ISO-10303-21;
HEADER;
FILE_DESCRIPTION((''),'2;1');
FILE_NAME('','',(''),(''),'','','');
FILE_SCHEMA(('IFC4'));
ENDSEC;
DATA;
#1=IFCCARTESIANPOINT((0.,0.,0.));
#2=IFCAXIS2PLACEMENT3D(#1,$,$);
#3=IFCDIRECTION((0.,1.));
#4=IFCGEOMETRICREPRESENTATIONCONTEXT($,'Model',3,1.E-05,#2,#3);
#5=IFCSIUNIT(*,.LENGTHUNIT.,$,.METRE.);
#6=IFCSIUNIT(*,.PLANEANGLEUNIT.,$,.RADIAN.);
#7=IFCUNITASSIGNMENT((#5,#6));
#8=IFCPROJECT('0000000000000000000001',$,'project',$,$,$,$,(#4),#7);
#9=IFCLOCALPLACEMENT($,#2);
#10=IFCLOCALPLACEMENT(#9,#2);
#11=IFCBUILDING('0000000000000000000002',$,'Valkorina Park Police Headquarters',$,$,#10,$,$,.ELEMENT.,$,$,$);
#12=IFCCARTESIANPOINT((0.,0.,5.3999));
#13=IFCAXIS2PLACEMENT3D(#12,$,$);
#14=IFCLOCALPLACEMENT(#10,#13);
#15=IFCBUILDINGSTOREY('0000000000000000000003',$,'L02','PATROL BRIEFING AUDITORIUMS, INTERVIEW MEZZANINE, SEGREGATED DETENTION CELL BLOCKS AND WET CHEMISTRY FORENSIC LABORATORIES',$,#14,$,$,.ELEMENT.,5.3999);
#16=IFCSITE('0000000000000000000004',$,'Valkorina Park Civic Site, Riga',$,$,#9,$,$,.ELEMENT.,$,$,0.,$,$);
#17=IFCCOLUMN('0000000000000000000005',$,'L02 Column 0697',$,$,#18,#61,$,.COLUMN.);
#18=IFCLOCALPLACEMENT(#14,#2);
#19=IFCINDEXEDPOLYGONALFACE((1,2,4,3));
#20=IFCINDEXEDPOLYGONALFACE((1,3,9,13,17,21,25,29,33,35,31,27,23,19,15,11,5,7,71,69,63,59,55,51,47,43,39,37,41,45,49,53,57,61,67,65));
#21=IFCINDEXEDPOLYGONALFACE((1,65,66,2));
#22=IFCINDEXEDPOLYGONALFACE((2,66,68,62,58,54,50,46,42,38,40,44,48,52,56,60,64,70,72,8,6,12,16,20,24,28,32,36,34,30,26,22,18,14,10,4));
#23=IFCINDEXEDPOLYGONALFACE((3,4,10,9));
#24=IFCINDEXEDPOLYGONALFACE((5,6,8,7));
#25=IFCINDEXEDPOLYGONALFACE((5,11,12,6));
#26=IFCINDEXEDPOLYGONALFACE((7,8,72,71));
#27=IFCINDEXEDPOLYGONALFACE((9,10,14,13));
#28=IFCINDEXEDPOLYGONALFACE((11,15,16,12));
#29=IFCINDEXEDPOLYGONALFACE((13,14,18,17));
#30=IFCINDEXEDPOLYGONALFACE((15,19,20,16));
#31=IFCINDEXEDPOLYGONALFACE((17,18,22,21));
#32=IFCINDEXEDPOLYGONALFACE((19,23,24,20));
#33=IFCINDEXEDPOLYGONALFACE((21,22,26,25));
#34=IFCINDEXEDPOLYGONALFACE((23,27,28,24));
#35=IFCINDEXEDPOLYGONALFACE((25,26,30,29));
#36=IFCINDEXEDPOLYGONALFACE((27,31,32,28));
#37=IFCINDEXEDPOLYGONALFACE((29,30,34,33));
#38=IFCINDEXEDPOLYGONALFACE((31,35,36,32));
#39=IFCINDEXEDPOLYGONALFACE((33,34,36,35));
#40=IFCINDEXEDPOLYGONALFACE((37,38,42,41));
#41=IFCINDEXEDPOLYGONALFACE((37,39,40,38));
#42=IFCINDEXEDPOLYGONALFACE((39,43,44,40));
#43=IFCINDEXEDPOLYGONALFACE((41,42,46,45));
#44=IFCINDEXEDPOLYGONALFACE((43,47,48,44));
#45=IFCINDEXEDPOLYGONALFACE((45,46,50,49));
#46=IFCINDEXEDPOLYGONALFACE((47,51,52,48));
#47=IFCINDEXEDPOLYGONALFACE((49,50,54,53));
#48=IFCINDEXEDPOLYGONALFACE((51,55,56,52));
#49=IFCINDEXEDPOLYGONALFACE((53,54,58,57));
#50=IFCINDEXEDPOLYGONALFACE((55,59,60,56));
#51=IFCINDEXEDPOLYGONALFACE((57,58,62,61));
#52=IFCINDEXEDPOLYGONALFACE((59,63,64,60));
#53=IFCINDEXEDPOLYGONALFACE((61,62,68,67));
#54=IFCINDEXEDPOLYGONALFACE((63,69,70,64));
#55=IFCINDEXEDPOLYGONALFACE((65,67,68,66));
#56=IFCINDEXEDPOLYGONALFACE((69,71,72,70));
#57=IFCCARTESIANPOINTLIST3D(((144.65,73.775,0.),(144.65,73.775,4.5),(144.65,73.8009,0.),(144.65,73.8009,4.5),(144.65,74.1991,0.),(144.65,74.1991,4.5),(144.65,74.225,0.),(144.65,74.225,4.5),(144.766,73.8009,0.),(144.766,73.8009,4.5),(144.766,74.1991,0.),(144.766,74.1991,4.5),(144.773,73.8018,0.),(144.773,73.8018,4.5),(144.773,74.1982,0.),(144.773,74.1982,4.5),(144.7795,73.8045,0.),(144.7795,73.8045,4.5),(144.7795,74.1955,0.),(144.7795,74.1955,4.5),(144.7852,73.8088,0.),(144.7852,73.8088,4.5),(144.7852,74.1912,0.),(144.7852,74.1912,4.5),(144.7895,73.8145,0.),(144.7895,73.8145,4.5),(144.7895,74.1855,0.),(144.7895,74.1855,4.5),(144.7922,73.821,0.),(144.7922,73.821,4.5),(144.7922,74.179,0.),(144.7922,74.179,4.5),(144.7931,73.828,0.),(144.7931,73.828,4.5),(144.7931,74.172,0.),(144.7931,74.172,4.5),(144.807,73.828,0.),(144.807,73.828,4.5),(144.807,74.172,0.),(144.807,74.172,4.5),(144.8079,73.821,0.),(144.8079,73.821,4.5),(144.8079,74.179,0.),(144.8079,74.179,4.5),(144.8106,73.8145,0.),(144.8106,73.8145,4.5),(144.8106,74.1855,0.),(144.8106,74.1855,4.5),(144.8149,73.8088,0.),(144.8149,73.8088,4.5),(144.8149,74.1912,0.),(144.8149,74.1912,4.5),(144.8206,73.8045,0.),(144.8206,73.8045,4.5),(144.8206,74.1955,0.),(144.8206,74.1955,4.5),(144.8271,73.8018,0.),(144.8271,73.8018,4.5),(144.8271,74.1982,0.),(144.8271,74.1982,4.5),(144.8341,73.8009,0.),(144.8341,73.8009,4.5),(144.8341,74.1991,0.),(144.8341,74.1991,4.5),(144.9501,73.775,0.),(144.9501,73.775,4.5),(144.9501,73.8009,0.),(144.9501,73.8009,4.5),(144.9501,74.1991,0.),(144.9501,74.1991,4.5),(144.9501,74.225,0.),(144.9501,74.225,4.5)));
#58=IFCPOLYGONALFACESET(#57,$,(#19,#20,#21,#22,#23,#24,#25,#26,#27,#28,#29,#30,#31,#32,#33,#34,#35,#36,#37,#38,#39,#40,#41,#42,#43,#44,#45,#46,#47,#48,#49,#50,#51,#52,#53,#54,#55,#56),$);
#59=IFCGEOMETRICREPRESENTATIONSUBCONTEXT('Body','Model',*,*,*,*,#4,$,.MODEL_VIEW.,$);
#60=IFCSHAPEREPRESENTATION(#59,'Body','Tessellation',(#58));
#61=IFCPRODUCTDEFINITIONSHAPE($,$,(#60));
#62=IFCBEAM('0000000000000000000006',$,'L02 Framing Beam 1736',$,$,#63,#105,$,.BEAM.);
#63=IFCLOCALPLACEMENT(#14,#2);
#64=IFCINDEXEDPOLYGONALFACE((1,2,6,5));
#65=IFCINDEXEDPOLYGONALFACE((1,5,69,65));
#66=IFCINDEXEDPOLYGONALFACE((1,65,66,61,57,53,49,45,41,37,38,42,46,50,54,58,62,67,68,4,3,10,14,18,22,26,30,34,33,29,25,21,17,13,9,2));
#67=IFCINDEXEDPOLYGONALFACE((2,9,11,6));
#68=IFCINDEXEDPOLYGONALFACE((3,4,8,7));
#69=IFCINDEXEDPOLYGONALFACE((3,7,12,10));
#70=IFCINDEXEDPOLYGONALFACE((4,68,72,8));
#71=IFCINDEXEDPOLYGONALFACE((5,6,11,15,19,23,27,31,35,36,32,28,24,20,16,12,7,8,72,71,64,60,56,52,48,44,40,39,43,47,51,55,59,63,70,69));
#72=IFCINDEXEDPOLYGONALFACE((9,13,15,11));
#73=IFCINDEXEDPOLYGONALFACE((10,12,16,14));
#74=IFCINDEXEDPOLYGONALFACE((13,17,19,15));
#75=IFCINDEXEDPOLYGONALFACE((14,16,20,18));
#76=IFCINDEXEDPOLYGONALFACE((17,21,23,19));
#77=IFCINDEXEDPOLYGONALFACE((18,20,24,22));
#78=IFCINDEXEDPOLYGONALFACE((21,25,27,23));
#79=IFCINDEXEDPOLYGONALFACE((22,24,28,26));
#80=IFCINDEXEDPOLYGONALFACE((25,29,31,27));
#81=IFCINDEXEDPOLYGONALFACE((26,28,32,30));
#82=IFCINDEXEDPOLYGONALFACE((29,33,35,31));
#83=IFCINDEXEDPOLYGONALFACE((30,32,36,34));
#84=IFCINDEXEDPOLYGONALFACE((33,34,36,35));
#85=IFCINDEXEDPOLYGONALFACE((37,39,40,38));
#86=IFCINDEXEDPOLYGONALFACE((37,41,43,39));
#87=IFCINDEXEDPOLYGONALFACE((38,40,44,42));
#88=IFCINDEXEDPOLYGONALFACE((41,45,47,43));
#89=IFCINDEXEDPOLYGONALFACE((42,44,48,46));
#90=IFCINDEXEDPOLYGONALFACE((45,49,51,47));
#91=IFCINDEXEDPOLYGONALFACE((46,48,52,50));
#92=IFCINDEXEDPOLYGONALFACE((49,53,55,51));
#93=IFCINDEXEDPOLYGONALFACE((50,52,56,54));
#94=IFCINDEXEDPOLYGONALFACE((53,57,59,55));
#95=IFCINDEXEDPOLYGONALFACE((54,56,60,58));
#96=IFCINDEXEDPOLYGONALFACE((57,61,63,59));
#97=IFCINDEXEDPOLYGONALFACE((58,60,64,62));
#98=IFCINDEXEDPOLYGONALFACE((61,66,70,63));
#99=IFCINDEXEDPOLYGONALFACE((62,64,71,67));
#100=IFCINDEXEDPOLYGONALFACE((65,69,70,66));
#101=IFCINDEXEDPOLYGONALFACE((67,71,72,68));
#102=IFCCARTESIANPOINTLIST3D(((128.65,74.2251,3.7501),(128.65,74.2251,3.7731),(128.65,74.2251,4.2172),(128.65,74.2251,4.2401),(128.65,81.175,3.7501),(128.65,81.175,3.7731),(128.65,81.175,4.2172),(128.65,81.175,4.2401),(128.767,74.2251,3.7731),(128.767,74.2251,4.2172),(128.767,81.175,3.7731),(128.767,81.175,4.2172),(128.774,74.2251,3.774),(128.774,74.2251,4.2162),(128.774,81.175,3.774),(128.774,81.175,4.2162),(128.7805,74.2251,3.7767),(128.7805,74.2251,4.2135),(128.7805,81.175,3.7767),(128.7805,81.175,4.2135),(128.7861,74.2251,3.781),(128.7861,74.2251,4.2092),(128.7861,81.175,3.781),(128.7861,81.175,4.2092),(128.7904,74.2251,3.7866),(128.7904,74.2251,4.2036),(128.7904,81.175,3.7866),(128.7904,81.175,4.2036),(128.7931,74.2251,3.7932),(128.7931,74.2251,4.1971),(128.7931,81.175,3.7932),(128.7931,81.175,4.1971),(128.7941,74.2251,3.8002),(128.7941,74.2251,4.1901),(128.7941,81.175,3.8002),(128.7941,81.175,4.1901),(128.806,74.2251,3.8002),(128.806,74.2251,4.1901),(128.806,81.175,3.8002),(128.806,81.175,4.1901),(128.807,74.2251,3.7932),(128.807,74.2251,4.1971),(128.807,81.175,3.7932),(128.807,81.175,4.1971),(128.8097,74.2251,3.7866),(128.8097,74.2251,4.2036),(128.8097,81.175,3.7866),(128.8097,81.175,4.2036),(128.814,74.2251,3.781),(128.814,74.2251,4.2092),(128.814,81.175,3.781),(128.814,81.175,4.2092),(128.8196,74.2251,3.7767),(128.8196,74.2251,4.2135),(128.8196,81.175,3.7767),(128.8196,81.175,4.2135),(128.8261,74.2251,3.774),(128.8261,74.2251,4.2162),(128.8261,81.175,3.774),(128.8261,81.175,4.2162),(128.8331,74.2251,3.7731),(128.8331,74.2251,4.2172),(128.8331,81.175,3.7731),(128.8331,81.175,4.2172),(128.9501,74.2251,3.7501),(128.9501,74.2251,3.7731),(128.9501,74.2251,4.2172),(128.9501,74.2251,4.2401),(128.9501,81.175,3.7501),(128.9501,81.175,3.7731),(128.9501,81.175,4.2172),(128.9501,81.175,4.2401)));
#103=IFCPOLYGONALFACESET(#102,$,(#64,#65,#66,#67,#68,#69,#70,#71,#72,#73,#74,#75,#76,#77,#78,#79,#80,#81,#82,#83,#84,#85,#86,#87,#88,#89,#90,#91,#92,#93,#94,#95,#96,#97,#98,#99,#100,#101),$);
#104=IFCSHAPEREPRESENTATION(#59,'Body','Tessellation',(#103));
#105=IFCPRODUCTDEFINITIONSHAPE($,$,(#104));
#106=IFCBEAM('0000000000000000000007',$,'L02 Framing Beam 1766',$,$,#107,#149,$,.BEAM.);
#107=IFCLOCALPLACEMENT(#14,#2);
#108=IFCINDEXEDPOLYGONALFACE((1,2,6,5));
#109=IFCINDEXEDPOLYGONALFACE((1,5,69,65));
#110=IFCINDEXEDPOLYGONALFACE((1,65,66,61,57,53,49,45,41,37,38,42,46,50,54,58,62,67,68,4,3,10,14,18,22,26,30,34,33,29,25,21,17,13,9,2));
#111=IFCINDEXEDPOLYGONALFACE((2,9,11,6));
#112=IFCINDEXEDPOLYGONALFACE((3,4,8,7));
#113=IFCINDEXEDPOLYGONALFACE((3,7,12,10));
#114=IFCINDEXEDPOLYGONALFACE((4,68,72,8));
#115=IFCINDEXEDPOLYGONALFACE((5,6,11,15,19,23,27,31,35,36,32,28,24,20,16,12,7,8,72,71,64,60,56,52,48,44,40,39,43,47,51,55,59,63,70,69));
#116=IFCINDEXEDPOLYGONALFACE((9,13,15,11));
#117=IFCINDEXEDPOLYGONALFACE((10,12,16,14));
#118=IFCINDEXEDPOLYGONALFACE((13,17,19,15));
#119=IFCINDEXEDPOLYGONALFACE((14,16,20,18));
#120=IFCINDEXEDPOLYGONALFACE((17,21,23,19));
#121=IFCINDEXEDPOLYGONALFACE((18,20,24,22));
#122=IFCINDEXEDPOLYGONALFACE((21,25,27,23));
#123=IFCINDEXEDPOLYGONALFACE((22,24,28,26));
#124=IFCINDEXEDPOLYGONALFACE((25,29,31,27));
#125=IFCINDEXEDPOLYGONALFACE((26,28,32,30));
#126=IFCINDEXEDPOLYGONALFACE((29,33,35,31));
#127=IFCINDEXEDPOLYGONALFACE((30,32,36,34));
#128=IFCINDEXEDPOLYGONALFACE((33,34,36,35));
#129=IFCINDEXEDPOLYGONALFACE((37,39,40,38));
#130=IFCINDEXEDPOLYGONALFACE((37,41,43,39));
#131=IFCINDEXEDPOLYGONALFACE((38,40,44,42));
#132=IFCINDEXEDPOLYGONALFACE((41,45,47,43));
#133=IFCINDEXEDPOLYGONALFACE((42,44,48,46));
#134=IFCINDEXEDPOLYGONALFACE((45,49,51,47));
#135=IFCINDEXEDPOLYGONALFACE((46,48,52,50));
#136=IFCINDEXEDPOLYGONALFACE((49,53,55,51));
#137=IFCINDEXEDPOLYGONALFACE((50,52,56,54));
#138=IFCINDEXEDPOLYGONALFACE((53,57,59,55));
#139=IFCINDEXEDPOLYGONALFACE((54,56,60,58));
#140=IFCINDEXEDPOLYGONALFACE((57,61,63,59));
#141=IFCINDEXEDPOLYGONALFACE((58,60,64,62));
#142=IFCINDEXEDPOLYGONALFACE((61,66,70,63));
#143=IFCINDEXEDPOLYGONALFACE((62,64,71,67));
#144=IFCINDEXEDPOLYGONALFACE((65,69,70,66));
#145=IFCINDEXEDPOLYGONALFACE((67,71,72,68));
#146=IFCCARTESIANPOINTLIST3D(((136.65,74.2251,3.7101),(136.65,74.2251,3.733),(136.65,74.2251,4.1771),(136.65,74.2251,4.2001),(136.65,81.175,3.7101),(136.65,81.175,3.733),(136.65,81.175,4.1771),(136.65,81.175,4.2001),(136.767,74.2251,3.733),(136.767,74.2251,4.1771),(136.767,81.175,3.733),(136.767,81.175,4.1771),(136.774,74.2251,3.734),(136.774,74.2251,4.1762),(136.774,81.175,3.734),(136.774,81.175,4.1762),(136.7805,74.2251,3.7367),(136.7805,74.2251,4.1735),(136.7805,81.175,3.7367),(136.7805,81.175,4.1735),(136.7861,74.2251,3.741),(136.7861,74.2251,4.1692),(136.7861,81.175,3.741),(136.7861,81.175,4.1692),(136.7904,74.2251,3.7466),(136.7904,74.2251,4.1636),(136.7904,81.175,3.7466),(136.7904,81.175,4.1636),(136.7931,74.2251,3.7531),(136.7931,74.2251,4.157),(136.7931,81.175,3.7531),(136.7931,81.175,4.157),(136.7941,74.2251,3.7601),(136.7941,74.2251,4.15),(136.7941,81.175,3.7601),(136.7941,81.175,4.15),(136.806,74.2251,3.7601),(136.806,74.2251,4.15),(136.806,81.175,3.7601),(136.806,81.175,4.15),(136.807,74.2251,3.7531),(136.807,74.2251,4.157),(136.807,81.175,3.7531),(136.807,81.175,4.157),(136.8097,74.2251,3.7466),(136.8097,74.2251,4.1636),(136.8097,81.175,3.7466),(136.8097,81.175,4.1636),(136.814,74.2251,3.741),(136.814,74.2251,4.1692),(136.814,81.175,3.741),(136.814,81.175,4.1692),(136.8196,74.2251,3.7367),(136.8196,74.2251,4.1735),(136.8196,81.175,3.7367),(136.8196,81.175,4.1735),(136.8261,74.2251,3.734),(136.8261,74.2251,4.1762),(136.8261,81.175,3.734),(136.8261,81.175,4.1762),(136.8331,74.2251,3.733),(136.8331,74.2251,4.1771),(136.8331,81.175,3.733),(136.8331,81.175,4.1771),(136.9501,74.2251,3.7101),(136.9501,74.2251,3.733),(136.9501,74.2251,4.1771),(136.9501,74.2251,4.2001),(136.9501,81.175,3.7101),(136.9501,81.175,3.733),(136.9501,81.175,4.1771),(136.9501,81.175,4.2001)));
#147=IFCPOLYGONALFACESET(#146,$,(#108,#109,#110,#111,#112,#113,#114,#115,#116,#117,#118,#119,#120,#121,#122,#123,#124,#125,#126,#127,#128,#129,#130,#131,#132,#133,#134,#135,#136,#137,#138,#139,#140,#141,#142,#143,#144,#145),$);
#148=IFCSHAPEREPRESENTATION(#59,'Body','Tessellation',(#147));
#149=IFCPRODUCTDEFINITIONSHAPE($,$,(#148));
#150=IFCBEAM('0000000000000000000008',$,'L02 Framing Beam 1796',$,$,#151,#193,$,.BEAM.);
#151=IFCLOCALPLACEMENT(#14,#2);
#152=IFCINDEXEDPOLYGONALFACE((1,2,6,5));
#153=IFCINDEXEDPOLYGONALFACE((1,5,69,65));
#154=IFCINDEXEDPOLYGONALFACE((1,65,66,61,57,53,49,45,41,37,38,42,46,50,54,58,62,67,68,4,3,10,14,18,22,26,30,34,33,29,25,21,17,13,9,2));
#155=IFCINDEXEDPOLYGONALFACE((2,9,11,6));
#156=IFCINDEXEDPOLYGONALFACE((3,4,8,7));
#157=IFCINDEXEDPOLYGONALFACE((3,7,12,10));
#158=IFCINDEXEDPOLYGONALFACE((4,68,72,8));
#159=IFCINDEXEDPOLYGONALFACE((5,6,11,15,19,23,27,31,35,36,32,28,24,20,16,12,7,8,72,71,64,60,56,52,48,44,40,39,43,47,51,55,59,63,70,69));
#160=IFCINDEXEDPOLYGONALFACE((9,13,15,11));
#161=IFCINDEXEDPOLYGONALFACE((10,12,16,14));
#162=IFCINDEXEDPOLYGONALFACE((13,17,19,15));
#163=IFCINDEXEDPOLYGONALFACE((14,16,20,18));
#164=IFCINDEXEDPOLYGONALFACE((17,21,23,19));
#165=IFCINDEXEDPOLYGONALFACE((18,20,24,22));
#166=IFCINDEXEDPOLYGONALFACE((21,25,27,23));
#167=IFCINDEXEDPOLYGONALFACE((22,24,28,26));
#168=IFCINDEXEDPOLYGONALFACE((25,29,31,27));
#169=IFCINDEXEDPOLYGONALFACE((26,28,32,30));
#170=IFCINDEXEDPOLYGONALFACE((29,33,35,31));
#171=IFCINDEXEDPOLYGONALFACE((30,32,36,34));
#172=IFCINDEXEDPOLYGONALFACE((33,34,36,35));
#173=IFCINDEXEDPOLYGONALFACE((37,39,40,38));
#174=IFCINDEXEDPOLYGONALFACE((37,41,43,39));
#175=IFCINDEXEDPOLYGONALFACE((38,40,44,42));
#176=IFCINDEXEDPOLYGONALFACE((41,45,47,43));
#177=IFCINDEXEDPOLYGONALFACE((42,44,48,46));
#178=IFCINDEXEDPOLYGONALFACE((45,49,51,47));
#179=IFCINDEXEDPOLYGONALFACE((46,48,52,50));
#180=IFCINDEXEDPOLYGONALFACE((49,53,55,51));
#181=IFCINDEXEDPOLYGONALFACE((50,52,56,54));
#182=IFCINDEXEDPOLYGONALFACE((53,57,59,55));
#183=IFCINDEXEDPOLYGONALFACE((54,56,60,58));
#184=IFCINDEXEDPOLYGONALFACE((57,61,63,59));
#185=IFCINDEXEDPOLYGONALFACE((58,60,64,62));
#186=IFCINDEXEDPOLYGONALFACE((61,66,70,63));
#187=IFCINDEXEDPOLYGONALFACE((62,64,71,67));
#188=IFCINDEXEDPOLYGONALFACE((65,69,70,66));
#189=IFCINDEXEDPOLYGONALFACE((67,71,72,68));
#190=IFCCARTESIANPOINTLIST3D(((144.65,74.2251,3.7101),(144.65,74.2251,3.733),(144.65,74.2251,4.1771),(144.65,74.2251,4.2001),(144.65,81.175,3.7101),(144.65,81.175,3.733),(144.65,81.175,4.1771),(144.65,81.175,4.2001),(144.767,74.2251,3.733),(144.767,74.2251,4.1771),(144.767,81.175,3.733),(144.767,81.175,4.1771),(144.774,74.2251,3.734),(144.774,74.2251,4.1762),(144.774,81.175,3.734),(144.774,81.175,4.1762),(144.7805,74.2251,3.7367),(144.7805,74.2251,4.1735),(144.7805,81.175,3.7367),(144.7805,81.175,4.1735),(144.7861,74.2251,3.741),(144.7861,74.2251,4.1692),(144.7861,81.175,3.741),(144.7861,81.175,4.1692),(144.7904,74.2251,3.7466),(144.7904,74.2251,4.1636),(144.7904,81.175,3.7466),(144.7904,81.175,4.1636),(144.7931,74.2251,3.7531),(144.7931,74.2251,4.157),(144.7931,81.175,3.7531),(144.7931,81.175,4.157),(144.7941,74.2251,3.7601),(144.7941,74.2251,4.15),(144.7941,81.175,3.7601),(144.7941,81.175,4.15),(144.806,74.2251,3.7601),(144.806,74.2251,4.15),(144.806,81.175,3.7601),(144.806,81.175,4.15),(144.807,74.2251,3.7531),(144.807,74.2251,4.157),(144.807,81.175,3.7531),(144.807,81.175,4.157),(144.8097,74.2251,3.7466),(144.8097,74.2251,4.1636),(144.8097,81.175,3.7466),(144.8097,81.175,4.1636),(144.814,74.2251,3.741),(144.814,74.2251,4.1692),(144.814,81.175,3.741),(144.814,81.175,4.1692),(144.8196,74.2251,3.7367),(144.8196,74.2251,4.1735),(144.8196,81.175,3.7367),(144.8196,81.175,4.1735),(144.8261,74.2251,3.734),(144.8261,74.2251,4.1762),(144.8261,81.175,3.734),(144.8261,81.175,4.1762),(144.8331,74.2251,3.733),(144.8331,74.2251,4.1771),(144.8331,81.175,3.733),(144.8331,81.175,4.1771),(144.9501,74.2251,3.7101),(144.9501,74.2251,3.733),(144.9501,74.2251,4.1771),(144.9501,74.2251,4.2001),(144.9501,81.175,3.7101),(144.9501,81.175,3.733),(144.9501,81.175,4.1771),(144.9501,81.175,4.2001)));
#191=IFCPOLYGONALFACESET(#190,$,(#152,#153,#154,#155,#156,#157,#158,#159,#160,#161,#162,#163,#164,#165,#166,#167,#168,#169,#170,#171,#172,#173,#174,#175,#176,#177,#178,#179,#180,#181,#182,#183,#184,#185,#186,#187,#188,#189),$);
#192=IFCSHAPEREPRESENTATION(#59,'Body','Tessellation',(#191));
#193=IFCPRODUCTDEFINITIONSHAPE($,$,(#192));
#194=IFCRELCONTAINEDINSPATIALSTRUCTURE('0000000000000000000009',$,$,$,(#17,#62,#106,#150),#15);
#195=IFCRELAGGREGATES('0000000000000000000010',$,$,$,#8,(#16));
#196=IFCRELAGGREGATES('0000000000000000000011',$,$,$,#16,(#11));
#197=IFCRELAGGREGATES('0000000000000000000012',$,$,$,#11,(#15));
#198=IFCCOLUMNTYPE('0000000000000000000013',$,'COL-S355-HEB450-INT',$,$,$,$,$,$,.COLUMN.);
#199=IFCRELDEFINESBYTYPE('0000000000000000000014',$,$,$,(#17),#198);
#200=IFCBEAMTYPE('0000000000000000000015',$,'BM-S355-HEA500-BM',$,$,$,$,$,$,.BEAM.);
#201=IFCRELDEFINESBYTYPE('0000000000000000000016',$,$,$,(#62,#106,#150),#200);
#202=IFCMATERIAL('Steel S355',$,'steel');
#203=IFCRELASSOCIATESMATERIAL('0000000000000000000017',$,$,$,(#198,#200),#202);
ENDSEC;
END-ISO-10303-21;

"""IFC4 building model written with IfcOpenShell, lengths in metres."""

from ifc_helpers import new_model, si_unit, direction, frame, origin, origin_2d, place, context, subcontext, project, spatial, i_section, extrude, material, material_profile, profile_set, type_object, element, save


model = new_model("IFC4")

# Units and contexts
model_context = context("Model", 3, precision=1e-05, world=origin(), true_north=direction((0.0, 1.0)))
body_context = subcontext(model_context, "Body", "Model", "MODEL_VIEW")
ifc_project = project(units=[si_unit("LENGTHUNIT", "METRE"), si_unit("PLANEANGLEUNIT", "RADIAN")], contexts=[model_context])

# Site, building, storey
site_placement = place(None, origin())
site = spatial("IfcSite", under=ifc_project, at=site_placement, Name="Valkorina Park Civic Site, Riga", CompositionType="ELEMENT", RefElevation=0.0)
building_placement = place(site_placement, origin())
building = spatial("IfcBuilding", under=site, at=building_placement, Name="Valkorina Park Police Headquarters", CompositionType="ELEMENT")
storey_placement = place(building_placement, frame((0.0, 0.0, 5.3999)))
storey = spatial("IfcBuildingStorey", under=building, at=storey_placement, Name="L02", Description="PATROL BRIEFING AUDITORIUMS, INTERVIEW MEZZANINE, SEGREGATED DETENTION CELL BLOCKS AND WET CHEMISTRY FORENSIC LABORATORIES", CompositionType="ELEMENT", Elevation=5.3999)

# Column
ifc_material = material(Name="Steel S355", Category="steel")
ifc_material_profile_1 = material_profile(ifc_material, i_section(OverallWidth=0.3, OverallDepth=0.45, WebThickness=0.0139, FlangeThickness=0.0259, FilletRadius=0.0271, at=origin_2d()), Name="HEB 450")
ifc_profile_set_1 = profile_set([ifc_material_profile_1], Name="Steel S355")
column_type_1 = type_object("IfcColumnType", Name="COL-S355-HEB450-INT", PredefinedType="COLUMN", material=ifc_profile_set_1)
for number, where, z_axis, x_axis, name in (
    (1, (144.8, 74.0, 0.0), (0.0, 0.0, 1.0), (1.0, 0.0, 0.0), "L02 Column 0697"),
):
    element("IfcColumn", number, at=place(storey_placement, frame(where, z_axis=z_axis, x_axis=x_axis)), inside=storey, type_object=column_type_1, Name=name, PredefinedType="COLUMN", context=body_context, shape_type="SweptSolid", body=[
        extrude(i_section(OverallWidth=0.3, OverallDepth=0.45, WebThickness=0.0139, FlangeThickness=0.0259, FilletRadius=0.0271, at=origin_2d()), origin(), (0.0, 0.0, 1.0), 4.5),
    ])

# Beams
ifc_material_profile_2 = material_profile(ifc_material, i_section(OverallWidth=0.3, OverallDepth=0.49, WebThickness=0.012, FlangeThickness=0.0229, FilletRadius=0.0271, at=origin_2d()), Name="HEA 500")
ifc_profile_set_2 = profile_set([ifc_material_profile_2], Name="Steel S355")
beam_type_1 = type_object("IfcBeamType", Name="BM-S355-HEA500-BM", PredefinedType="BEAM", material=ifc_profile_set_2)
for number, where, z_axis, x_axis, name in (
    (2, (128.8, 74.2251, 3.9951), (0.0, 1.0, 0.0), (-1.0, 0.0, 0.0), "L02 Framing Beam 1736"),
    (3, (136.8, 74.2251, 3.9551), (0.0, 1.0, 0.0), (-1.0, 0.0, 0.0), "L02 Framing Beam 1766"),
    (4, (144.8, 74.2251, 3.9551), (0.0, 1.0, 0.0), (-1.0, 0.0, 0.0), "L02 Framing Beam 1796"),
):
    element("IfcBeam", number, at=place(storey_placement, frame(where, z_axis=z_axis, x_axis=x_axis)), inside=storey, type_object=beam_type_1, Name=name, PredefinedType="BEAM", context=body_context, shape_type="SweptSolid", body=[
        extrude(i_section(OverallWidth=0.3, OverallDepth=0.49, WebThickness=0.012, FlangeThickness=0.0229, FilletRadius=0.0271, at=origin_2d()), origin(), (0.0, 0.0, 1.0), 6.95),
    ])

save(model, "model.ifc")
